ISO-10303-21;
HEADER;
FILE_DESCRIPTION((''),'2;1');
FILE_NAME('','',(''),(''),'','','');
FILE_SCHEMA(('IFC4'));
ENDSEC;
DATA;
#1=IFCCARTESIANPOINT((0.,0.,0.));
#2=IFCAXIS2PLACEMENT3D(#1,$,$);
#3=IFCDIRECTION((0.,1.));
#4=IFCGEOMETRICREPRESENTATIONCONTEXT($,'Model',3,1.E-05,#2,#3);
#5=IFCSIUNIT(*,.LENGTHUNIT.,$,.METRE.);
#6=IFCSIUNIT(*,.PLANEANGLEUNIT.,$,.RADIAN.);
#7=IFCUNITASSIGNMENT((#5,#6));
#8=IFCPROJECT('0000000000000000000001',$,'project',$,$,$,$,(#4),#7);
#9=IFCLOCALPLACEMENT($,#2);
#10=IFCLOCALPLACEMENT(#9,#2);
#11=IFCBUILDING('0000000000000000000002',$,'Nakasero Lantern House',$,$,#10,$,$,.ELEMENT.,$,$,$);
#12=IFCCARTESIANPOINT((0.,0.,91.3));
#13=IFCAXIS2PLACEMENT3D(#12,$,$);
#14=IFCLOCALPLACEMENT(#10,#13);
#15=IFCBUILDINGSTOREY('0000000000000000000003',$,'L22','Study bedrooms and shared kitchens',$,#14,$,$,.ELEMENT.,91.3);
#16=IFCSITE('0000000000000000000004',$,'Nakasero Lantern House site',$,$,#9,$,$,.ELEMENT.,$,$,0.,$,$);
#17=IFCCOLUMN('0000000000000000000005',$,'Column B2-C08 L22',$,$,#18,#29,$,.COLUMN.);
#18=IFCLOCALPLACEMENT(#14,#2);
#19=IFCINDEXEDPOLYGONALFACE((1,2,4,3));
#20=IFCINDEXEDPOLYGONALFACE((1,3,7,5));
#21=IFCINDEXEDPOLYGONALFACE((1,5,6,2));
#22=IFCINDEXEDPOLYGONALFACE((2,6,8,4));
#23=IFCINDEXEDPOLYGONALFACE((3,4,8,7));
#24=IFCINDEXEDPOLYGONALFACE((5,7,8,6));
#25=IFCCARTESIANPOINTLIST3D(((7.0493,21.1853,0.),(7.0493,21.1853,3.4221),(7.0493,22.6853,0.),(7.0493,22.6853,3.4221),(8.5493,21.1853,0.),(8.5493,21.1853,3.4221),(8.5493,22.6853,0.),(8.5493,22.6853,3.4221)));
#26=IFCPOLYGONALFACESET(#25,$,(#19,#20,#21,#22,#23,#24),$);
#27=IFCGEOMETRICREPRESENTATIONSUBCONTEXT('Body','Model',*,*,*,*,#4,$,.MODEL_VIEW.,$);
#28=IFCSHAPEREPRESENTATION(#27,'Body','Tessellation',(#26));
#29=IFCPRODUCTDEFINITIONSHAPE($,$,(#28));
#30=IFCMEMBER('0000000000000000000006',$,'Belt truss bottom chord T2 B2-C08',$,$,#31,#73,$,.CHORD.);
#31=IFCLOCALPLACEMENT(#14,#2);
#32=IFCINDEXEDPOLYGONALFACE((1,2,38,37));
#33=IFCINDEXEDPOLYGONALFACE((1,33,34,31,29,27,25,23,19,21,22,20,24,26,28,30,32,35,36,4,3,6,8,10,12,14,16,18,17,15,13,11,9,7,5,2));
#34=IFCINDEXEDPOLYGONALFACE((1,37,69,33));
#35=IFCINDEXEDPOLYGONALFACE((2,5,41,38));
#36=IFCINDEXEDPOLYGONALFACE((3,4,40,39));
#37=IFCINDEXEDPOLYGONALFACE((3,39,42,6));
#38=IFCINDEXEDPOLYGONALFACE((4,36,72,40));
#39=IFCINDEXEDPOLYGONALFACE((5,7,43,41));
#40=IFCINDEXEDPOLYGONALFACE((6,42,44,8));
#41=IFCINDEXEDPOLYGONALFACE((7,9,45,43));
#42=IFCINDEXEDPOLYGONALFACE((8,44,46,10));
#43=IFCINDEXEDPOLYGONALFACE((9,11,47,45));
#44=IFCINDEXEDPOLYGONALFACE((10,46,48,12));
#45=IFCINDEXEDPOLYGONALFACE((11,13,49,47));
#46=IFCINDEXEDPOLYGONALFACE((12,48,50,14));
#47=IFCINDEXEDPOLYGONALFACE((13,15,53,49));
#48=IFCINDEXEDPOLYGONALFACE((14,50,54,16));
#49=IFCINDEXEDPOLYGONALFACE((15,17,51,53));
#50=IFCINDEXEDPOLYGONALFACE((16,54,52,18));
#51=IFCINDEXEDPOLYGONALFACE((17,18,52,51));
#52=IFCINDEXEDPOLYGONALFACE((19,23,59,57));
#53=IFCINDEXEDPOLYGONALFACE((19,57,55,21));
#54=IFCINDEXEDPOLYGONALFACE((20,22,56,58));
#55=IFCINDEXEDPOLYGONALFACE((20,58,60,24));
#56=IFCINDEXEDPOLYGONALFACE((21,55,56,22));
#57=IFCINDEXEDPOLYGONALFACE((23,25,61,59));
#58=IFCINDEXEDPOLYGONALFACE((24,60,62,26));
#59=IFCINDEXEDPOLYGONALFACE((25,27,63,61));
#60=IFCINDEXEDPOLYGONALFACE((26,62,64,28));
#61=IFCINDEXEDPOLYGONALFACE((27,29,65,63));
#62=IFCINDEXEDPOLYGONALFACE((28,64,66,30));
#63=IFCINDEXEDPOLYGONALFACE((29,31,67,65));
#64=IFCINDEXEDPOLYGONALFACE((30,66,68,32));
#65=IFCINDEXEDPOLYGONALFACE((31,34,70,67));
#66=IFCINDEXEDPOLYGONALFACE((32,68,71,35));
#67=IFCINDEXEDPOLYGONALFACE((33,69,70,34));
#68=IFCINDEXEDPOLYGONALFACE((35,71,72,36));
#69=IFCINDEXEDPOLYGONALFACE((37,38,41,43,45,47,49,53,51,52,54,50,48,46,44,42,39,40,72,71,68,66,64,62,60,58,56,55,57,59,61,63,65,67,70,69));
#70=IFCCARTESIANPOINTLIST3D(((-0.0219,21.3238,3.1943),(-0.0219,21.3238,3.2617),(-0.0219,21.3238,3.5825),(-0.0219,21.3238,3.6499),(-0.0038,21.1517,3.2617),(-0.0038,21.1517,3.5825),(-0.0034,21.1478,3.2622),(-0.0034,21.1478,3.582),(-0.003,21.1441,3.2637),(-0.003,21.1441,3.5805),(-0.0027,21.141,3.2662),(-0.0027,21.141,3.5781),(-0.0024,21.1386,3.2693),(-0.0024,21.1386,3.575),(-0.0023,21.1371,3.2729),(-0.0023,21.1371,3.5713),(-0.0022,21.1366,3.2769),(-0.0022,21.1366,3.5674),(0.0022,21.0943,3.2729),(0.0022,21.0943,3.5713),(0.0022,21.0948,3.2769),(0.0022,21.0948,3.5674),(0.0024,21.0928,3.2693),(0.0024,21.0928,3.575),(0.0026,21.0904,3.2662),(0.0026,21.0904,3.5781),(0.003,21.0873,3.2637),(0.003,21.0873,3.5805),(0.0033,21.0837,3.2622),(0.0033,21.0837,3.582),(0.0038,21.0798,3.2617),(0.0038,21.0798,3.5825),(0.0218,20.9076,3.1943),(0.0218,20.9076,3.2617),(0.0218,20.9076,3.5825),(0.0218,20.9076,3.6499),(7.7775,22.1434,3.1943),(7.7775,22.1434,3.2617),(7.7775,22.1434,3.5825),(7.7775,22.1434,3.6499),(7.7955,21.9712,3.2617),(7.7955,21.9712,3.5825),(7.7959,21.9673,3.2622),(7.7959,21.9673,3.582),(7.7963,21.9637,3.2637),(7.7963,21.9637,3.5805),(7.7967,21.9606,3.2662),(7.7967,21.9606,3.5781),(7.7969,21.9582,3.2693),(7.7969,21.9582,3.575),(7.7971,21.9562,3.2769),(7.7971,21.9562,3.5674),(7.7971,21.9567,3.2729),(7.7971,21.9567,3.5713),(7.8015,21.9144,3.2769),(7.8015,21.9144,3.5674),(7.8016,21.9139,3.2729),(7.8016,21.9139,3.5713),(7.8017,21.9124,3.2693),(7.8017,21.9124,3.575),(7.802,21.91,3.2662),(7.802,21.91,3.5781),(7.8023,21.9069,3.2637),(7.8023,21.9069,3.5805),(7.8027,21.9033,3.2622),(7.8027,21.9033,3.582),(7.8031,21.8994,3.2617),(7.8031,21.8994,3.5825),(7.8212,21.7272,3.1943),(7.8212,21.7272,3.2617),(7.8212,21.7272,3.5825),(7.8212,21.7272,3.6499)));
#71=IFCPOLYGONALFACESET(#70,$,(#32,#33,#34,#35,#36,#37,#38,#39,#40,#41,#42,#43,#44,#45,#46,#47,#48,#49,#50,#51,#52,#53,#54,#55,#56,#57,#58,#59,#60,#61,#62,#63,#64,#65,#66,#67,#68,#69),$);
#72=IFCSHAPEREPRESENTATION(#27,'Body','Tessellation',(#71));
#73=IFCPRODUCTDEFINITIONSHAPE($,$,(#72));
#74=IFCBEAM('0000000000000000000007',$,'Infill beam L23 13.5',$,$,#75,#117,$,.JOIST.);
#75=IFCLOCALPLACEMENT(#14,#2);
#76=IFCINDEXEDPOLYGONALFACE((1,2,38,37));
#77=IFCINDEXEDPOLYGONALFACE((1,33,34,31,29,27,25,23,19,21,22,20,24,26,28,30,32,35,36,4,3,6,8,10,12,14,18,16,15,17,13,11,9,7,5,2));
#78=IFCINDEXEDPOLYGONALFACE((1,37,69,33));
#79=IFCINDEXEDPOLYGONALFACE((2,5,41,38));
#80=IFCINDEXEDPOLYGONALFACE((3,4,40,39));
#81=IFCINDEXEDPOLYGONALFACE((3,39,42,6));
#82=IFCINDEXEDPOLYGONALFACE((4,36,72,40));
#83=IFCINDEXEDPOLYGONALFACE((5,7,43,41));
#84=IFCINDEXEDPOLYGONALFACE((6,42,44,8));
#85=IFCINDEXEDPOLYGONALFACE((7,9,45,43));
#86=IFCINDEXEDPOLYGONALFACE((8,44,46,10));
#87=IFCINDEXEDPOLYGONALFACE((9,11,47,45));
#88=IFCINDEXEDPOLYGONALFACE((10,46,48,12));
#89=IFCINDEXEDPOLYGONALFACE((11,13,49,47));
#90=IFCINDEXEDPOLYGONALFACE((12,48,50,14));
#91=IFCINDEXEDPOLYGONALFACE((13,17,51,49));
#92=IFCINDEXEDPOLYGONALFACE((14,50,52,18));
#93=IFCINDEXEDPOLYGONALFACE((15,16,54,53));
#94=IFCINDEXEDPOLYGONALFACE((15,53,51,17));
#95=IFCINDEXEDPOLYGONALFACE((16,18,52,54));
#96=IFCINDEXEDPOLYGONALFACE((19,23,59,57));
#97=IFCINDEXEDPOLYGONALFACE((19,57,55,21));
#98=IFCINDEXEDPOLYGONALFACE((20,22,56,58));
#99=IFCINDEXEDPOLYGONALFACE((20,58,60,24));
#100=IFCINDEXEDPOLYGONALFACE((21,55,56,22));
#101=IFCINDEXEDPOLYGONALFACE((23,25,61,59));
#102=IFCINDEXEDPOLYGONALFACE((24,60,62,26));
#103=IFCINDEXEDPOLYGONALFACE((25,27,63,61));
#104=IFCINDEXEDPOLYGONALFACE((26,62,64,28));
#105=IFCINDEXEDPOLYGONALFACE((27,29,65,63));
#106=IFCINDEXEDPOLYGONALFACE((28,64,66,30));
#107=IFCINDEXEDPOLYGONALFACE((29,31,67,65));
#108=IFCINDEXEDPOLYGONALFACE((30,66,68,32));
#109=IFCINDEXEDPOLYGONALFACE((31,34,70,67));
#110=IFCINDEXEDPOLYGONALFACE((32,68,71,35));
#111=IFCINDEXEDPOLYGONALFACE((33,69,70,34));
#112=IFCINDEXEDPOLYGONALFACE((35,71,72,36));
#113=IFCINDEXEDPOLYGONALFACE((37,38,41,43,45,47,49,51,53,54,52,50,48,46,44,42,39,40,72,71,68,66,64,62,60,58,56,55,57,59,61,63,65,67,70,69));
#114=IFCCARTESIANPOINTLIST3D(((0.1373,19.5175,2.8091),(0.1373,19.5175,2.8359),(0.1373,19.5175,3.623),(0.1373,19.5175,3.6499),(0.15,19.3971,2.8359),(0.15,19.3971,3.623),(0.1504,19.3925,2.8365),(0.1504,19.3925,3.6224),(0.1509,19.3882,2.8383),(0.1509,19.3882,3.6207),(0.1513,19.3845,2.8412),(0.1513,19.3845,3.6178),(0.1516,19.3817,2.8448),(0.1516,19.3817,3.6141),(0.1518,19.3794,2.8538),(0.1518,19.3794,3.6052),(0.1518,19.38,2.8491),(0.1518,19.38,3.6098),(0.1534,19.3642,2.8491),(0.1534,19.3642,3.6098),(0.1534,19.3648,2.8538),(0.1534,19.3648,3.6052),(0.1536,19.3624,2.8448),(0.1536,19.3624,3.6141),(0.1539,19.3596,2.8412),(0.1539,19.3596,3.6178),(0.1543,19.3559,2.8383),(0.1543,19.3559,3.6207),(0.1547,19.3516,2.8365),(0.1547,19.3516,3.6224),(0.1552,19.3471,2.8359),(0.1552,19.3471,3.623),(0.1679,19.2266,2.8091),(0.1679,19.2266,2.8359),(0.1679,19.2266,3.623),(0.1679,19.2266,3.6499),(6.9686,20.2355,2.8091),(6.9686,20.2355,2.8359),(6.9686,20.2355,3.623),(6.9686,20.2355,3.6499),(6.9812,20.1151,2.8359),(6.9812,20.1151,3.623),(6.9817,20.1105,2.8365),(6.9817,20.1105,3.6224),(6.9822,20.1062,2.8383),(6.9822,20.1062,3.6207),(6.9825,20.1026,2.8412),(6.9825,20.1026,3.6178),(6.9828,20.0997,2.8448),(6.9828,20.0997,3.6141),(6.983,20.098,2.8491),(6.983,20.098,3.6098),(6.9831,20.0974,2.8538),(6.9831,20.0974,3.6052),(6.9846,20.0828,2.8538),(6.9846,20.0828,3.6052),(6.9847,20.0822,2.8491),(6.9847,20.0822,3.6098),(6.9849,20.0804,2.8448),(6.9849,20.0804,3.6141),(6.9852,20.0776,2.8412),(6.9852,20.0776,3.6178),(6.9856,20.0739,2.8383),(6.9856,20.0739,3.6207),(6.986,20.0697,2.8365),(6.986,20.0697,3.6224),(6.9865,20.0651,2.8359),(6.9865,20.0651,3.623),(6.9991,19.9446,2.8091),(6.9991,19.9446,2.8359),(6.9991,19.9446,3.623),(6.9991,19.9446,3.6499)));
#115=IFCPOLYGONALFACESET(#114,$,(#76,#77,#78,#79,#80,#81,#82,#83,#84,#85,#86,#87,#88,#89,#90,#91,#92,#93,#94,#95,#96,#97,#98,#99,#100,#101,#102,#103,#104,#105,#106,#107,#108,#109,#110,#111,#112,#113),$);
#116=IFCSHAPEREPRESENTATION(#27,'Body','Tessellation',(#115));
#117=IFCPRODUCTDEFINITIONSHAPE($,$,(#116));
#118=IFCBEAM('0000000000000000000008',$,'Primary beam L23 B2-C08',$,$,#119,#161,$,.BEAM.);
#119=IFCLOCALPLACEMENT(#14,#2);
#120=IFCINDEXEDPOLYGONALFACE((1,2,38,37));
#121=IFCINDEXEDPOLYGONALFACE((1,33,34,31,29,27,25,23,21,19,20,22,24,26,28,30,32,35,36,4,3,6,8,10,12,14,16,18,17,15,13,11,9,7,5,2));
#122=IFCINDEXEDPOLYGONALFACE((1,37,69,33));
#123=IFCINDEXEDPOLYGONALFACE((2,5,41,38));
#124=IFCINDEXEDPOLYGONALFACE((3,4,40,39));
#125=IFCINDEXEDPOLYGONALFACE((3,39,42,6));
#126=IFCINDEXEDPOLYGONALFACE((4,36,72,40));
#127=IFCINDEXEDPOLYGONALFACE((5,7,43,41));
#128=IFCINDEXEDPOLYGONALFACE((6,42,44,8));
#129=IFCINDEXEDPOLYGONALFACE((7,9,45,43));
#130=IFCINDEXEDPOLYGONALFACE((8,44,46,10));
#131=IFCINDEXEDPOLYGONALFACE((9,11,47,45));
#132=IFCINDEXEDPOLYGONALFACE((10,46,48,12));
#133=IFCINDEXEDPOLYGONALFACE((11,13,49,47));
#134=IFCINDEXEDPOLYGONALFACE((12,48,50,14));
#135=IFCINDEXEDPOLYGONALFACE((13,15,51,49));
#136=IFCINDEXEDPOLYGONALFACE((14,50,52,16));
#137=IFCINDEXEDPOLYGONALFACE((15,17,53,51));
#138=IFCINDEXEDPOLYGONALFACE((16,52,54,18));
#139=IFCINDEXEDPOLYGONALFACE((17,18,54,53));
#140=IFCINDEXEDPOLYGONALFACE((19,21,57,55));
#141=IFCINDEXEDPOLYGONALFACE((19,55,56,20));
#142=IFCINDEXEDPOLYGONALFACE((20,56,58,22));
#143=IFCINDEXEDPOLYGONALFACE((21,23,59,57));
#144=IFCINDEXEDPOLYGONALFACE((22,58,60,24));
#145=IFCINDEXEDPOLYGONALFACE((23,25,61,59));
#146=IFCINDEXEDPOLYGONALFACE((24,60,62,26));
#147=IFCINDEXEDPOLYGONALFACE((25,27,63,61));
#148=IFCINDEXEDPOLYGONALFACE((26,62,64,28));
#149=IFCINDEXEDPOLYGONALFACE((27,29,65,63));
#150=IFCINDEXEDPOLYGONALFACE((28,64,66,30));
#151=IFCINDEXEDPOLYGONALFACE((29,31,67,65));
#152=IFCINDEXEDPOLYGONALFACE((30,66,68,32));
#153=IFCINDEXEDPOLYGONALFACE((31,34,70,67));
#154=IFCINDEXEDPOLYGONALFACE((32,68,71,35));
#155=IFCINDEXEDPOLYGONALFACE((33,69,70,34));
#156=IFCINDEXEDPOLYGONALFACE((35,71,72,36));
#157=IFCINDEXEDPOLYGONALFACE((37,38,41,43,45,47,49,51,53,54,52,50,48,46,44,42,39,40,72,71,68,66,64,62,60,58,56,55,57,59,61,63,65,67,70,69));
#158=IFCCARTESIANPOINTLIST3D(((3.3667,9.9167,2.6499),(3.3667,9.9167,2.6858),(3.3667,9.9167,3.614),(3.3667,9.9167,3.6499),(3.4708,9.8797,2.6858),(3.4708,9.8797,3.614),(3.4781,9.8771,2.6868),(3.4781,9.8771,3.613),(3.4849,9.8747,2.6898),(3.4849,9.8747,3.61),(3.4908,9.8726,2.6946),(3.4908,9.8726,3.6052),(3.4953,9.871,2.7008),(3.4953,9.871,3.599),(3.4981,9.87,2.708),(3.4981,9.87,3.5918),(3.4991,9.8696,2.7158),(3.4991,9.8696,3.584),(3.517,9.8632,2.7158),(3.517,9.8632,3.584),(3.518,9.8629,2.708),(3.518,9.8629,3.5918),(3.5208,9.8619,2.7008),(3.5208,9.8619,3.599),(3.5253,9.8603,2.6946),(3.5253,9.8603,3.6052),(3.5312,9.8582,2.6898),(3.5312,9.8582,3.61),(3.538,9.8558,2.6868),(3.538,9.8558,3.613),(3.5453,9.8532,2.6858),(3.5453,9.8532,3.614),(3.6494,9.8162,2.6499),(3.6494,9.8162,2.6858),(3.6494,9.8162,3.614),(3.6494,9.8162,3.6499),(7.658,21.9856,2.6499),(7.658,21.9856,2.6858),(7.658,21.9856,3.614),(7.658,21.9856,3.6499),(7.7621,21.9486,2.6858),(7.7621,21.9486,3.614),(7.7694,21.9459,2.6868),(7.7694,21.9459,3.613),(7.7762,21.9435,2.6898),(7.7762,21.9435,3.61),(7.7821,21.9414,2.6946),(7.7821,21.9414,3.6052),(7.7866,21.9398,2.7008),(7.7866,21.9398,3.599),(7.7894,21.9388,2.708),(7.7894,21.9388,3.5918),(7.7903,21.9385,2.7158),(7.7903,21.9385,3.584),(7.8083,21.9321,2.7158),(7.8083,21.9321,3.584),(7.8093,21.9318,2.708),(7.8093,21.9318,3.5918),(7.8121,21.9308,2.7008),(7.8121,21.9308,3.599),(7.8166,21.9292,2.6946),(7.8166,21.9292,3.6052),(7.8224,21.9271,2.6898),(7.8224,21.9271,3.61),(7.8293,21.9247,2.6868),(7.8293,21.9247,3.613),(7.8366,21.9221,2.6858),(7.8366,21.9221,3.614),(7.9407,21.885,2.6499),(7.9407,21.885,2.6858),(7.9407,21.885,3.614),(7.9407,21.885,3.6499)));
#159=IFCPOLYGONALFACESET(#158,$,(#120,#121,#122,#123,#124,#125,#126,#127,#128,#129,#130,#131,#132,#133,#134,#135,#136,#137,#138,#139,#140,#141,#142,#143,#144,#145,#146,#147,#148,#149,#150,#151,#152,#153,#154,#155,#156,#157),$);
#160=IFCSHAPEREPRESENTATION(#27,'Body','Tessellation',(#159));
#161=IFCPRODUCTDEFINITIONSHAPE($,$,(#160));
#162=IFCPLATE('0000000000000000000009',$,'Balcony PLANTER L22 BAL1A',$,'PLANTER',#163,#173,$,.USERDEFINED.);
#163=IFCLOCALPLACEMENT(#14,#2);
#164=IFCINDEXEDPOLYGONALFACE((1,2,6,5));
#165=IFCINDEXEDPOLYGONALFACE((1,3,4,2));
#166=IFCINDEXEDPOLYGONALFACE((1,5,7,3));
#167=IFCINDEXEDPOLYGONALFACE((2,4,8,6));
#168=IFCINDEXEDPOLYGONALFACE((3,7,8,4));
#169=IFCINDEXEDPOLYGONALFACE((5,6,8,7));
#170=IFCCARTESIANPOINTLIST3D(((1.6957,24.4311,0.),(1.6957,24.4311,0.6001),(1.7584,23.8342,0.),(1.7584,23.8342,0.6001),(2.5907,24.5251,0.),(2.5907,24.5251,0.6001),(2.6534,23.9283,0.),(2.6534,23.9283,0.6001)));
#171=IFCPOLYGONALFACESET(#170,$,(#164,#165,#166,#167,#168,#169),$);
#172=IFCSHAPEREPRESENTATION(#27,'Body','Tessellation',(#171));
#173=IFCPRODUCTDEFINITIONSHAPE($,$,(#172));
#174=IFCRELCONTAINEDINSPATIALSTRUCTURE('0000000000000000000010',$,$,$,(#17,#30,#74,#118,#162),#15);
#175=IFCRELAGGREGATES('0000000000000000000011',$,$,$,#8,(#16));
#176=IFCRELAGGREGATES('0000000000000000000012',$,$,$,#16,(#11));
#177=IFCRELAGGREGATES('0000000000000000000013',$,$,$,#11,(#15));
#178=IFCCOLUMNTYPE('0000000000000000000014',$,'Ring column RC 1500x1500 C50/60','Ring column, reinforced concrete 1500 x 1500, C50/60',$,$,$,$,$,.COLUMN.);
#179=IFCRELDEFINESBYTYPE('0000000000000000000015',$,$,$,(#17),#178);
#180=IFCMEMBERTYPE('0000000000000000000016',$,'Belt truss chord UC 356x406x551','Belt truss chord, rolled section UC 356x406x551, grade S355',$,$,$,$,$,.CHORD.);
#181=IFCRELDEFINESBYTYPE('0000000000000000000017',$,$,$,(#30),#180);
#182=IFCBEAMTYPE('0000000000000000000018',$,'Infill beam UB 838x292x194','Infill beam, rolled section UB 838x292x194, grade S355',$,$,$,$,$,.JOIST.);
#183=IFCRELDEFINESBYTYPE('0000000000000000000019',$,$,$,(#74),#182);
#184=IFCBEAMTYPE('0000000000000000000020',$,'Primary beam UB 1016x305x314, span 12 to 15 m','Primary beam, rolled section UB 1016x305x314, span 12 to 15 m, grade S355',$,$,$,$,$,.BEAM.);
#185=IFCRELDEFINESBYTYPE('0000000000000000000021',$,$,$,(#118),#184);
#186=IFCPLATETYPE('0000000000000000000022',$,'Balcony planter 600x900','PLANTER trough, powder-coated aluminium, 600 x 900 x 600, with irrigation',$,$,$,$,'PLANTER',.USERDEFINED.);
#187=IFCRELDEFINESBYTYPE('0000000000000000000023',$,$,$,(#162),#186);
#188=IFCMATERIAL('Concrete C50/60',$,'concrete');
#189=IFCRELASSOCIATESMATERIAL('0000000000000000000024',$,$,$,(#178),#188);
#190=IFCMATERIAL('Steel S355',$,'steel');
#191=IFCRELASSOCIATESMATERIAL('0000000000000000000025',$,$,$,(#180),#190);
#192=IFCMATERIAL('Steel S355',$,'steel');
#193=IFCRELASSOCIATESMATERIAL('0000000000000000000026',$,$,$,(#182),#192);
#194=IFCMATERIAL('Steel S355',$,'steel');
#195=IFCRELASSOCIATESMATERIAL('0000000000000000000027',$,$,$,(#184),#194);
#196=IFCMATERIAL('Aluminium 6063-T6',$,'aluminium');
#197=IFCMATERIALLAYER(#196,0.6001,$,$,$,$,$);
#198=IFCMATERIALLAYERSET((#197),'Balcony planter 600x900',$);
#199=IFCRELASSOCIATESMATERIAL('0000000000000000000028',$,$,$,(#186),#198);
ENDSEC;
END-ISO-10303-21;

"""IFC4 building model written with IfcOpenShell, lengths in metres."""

from ifc_helpers import new_model, si_unit, direction, frame, origin, origin_2d, place, context, subcontext, project, spatial, rectangle, i_section, extrude, material, layer, layer_set, material_profile, profile_set, type_object, element, save


model = new_model("IFC4")

# Units and contexts
model_context = context("Model", 3, precision=1e-05, world=origin(), true_north=direction((0.0, 1.0)))
body_context = subcontext(model_context, "Body", "Model", "MODEL_VIEW")
ifc_project = project(units=[si_unit("LENGTHUNIT", "METRE"), si_unit("PLANEANGLEUNIT", "RADIAN")], contexts=[model_context])

# Site, building, storey
site_placement = place(None, origin())
site = spatial("IfcSite", under=ifc_project, at=site_placement, Name="Nakasero Lantern House site", CompositionType="ELEMENT", RefElevation=0.0)
building_placement = place(site_placement, origin())
building = spatial("IfcBuilding", under=site, at=building_placement, Name="Nakasero Lantern House", CompositionType="ELEMENT")
storey_placement = place(building_placement, frame((0.0, 0.0, 91.3)))
storey = spatial("IfcBuildingStorey", under=building, at=storey_placement, Name="L22", Description="Study bedrooms and shared kitchens", CompositionType="ELEMENT", Elevation=91.3)

# Column
ifc_material_1 = material(Name="Concrete C50/60", Category="concrete")
ifc_material_profile_1 = material_profile(ifc_material_1, rectangle(XDim=1.5, YDim=1.5, at=origin_2d()), Name="RC 1500x1500")
ifc_profile_set_1 = profile_set([ifc_material_profile_1], Name="Concrete C50/60")
column_type = type_object("IfcColumnType", Name="Ring column RC 1500x1500 C50/60", Description="Ring column, reinforced concrete 1500 x 1500, C50/60", PredefinedType="COLUMN", material=ifc_profile_set_1)
column_placement = place(storey_placement, frame((7.7993, 21.9353, 0.0), z_axis=(0.0, 0.0, 1.0), x_axis=(1.0, 0.0, 0.0)))
element("IfcColumn", 1, at=column_placement, inside=storey, type_object=column_type, Name="Column B2-C08 L22", PredefinedType="COLUMN", context=body_context, shape_type="SweptSolid", body=[
    extrude(rectangle(XDim=1.5, YDim=1.5, at=origin_2d()), origin(), (0.0, 0.0, 1.0), 3.4221),
])

# Member
ifc_material_2 = material(Name="Steel S355", Category="steel")
ifc_material_profile_2 = material_profile(ifc_material_2, i_section(OverallWidth=0.4185, OverallDepth=0.4556, WebThickness=0.042, FlangeThickness=0.0674, FilletRadius=0.0151, at=origin_2d()), Name="UC 356x406x551")
ifc_profile_set_2 = profile_set([ifc_material_profile_2], Name="Steel S355")
member_type = type_object("IfcMemberType", Name="Belt truss chord UC 356x406x551", Description="Belt truss chord, rolled section UC 356x406x551, grade S355", PredefinedType="CHORD", material=ifc_profile_set_2)
member_placement = place(storey_placement, frame((7.7993, 21.9353, 3.4221), z_axis=(-0.994524, -0.104508, 0.0), x_axis=(0.104508, -0.994524, 0.0)))
element("IfcMember", 2, at=member_placement, inside=storey, type_object=member_type, Name="Belt truss bottom chord T2 B2-C08", PredefinedType="CHORD", context=body_context, shape_type="SweptSolid", body=[
    extrude(i_section(OverallWidth=0.4185, OverallDepth=0.4556, WebThickness=0.042, FlangeThickness=0.0674, FilletRadius=0.0151, at=origin_2d()), origin(), (0.0, 0.0, 1.0), 7.8423),
])

# Beams
ifc_material_3 = material(Name="Steel S355", Category="steel")
ifc_material_profile_3 = material_profile(ifc_material_3, i_section(OverallWidth=0.2925, OverallDepth=0.8408, WebThickness=0.0146, FlangeThickness=0.0269, FilletRadius=0.0178, at=origin_2d()), Name="UB 838x292x194")
ifc_profile_set_3 = profile_set([ifc_material_profile_3], Name="Steel S355")
beam_type_1 = type_object("IfcBeamType", Name="Infill beam UB 838x292x194", Description="Infill beam, rolled section UB 838x292x194, grade S355", PredefinedType="JOIST", material=ifc_profile_set_3)
beam_1_placement = place(storey_placement, frame((0.1526, 19.3721, 3.2295), z_axis=(0.994522, 0.104531, 0.0), x_axis=(-0.104531, 0.994522, 0.0)))
element("IfcBeam", 3, at=beam_1_placement, inside=storey, type_object=beam_type_1, Name="Infill beam L23 13.5", PredefinedType="JOIST", context=body_context, shape_type="SweptSolid", body=[
    extrude(i_section(OverallWidth=0.2925, OverallDepth=0.8408, WebThickness=0.0146, FlangeThickness=0.0269, FilletRadius=0.0178, at=origin_2d()), origin(), (0.0, 0.0, 1.0), 6.8689),
])
ifc_material_4 = material(Name="Steel S355", Category="steel")
ifc_material_profile_4 = material_profile(ifc_material_4, i_section(OverallWidth=0.3, OverallDepth=1.0, WebThickness=0.019, FlangeThickness=0.0359, FilletRadius=0.03, at=origin_2d()), Name="UB 1016x305x314")
ifc_profile_set_4 = profile_set([ifc_material_profile_4], Name="Steel S355")
beam_type_2 = type_object("IfcBeamType", Name="Primary beam UB 1016x305x314, span 12 to 15 m", Description="Primary beam, rolled section UB 1016x305x314, span 12 to 15 m, grade S355", PredefinedType="BEAM", material=ifc_profile_set_4)
beam_2_placement = place(storey_placement, frame((7.7993, 21.9353, 3.1499), z_axis=(-0.335018, -0.942212, 0.0), x_axis=(0.942212, -0.335018, 0.0)))
element("IfcBeam", 4, at=beam_2_placement, inside=storey, type_object=beam_type_2, Name="Primary beam L23 B2-C08", PredefinedType="BEAM", context=body_context, shape_type="SweptSolid", body=[
    extrude(i_section(OverallWidth=0.3, OverallDepth=1.0, WebThickness=0.019, FlangeThickness=0.0359, FilletRadius=0.03, at=origin_2d()), origin(), (0.0, 0.0, 1.0), 12.8091),
])

# Plate
ifc_material_5 = material(Name="Aluminium 6063-T6", Category="aluminium")
ifc_layer_1 = layer(ifc_material_5, 0.6001)
ifc_layer_set_1 = layer_set([ifc_layer_1], Name="Balcony planter 600x900")
plate_type_1 = type_object("IfcPlateType", Name="Balcony planter 600x900", Description="PLANTER trough, powder-coated aluminium, 600 x 900 x 600, with irrigation", ElementType="PLANTER", PredefinedType="USERDEFINED", material=ifc_layer_set_1)
plate_1_placement = place(storey_placement, frame((2.1746, 24.1797, 0.0), z_axis=(0.0, 0.0, 1.0), x_axis=(-0.104528, 0.994522, 0.0)))
element("IfcPlate", 5, at=plate_1_placement, inside=storey, type_object=plate_type_1, Name="Balcony PLANTER L22 BAL1A", ObjectType="PLANTER", PredefinedType="USERDEFINED", context=body_context, shape_type="SweptSolid", body=[
    extrude(rectangle(XDim=0.6001, YDim=0.8999, at=origin_2d()), origin(), (0.0, 0.0, 1.0), 0.6001),
])

save(model, "model.ifc")
